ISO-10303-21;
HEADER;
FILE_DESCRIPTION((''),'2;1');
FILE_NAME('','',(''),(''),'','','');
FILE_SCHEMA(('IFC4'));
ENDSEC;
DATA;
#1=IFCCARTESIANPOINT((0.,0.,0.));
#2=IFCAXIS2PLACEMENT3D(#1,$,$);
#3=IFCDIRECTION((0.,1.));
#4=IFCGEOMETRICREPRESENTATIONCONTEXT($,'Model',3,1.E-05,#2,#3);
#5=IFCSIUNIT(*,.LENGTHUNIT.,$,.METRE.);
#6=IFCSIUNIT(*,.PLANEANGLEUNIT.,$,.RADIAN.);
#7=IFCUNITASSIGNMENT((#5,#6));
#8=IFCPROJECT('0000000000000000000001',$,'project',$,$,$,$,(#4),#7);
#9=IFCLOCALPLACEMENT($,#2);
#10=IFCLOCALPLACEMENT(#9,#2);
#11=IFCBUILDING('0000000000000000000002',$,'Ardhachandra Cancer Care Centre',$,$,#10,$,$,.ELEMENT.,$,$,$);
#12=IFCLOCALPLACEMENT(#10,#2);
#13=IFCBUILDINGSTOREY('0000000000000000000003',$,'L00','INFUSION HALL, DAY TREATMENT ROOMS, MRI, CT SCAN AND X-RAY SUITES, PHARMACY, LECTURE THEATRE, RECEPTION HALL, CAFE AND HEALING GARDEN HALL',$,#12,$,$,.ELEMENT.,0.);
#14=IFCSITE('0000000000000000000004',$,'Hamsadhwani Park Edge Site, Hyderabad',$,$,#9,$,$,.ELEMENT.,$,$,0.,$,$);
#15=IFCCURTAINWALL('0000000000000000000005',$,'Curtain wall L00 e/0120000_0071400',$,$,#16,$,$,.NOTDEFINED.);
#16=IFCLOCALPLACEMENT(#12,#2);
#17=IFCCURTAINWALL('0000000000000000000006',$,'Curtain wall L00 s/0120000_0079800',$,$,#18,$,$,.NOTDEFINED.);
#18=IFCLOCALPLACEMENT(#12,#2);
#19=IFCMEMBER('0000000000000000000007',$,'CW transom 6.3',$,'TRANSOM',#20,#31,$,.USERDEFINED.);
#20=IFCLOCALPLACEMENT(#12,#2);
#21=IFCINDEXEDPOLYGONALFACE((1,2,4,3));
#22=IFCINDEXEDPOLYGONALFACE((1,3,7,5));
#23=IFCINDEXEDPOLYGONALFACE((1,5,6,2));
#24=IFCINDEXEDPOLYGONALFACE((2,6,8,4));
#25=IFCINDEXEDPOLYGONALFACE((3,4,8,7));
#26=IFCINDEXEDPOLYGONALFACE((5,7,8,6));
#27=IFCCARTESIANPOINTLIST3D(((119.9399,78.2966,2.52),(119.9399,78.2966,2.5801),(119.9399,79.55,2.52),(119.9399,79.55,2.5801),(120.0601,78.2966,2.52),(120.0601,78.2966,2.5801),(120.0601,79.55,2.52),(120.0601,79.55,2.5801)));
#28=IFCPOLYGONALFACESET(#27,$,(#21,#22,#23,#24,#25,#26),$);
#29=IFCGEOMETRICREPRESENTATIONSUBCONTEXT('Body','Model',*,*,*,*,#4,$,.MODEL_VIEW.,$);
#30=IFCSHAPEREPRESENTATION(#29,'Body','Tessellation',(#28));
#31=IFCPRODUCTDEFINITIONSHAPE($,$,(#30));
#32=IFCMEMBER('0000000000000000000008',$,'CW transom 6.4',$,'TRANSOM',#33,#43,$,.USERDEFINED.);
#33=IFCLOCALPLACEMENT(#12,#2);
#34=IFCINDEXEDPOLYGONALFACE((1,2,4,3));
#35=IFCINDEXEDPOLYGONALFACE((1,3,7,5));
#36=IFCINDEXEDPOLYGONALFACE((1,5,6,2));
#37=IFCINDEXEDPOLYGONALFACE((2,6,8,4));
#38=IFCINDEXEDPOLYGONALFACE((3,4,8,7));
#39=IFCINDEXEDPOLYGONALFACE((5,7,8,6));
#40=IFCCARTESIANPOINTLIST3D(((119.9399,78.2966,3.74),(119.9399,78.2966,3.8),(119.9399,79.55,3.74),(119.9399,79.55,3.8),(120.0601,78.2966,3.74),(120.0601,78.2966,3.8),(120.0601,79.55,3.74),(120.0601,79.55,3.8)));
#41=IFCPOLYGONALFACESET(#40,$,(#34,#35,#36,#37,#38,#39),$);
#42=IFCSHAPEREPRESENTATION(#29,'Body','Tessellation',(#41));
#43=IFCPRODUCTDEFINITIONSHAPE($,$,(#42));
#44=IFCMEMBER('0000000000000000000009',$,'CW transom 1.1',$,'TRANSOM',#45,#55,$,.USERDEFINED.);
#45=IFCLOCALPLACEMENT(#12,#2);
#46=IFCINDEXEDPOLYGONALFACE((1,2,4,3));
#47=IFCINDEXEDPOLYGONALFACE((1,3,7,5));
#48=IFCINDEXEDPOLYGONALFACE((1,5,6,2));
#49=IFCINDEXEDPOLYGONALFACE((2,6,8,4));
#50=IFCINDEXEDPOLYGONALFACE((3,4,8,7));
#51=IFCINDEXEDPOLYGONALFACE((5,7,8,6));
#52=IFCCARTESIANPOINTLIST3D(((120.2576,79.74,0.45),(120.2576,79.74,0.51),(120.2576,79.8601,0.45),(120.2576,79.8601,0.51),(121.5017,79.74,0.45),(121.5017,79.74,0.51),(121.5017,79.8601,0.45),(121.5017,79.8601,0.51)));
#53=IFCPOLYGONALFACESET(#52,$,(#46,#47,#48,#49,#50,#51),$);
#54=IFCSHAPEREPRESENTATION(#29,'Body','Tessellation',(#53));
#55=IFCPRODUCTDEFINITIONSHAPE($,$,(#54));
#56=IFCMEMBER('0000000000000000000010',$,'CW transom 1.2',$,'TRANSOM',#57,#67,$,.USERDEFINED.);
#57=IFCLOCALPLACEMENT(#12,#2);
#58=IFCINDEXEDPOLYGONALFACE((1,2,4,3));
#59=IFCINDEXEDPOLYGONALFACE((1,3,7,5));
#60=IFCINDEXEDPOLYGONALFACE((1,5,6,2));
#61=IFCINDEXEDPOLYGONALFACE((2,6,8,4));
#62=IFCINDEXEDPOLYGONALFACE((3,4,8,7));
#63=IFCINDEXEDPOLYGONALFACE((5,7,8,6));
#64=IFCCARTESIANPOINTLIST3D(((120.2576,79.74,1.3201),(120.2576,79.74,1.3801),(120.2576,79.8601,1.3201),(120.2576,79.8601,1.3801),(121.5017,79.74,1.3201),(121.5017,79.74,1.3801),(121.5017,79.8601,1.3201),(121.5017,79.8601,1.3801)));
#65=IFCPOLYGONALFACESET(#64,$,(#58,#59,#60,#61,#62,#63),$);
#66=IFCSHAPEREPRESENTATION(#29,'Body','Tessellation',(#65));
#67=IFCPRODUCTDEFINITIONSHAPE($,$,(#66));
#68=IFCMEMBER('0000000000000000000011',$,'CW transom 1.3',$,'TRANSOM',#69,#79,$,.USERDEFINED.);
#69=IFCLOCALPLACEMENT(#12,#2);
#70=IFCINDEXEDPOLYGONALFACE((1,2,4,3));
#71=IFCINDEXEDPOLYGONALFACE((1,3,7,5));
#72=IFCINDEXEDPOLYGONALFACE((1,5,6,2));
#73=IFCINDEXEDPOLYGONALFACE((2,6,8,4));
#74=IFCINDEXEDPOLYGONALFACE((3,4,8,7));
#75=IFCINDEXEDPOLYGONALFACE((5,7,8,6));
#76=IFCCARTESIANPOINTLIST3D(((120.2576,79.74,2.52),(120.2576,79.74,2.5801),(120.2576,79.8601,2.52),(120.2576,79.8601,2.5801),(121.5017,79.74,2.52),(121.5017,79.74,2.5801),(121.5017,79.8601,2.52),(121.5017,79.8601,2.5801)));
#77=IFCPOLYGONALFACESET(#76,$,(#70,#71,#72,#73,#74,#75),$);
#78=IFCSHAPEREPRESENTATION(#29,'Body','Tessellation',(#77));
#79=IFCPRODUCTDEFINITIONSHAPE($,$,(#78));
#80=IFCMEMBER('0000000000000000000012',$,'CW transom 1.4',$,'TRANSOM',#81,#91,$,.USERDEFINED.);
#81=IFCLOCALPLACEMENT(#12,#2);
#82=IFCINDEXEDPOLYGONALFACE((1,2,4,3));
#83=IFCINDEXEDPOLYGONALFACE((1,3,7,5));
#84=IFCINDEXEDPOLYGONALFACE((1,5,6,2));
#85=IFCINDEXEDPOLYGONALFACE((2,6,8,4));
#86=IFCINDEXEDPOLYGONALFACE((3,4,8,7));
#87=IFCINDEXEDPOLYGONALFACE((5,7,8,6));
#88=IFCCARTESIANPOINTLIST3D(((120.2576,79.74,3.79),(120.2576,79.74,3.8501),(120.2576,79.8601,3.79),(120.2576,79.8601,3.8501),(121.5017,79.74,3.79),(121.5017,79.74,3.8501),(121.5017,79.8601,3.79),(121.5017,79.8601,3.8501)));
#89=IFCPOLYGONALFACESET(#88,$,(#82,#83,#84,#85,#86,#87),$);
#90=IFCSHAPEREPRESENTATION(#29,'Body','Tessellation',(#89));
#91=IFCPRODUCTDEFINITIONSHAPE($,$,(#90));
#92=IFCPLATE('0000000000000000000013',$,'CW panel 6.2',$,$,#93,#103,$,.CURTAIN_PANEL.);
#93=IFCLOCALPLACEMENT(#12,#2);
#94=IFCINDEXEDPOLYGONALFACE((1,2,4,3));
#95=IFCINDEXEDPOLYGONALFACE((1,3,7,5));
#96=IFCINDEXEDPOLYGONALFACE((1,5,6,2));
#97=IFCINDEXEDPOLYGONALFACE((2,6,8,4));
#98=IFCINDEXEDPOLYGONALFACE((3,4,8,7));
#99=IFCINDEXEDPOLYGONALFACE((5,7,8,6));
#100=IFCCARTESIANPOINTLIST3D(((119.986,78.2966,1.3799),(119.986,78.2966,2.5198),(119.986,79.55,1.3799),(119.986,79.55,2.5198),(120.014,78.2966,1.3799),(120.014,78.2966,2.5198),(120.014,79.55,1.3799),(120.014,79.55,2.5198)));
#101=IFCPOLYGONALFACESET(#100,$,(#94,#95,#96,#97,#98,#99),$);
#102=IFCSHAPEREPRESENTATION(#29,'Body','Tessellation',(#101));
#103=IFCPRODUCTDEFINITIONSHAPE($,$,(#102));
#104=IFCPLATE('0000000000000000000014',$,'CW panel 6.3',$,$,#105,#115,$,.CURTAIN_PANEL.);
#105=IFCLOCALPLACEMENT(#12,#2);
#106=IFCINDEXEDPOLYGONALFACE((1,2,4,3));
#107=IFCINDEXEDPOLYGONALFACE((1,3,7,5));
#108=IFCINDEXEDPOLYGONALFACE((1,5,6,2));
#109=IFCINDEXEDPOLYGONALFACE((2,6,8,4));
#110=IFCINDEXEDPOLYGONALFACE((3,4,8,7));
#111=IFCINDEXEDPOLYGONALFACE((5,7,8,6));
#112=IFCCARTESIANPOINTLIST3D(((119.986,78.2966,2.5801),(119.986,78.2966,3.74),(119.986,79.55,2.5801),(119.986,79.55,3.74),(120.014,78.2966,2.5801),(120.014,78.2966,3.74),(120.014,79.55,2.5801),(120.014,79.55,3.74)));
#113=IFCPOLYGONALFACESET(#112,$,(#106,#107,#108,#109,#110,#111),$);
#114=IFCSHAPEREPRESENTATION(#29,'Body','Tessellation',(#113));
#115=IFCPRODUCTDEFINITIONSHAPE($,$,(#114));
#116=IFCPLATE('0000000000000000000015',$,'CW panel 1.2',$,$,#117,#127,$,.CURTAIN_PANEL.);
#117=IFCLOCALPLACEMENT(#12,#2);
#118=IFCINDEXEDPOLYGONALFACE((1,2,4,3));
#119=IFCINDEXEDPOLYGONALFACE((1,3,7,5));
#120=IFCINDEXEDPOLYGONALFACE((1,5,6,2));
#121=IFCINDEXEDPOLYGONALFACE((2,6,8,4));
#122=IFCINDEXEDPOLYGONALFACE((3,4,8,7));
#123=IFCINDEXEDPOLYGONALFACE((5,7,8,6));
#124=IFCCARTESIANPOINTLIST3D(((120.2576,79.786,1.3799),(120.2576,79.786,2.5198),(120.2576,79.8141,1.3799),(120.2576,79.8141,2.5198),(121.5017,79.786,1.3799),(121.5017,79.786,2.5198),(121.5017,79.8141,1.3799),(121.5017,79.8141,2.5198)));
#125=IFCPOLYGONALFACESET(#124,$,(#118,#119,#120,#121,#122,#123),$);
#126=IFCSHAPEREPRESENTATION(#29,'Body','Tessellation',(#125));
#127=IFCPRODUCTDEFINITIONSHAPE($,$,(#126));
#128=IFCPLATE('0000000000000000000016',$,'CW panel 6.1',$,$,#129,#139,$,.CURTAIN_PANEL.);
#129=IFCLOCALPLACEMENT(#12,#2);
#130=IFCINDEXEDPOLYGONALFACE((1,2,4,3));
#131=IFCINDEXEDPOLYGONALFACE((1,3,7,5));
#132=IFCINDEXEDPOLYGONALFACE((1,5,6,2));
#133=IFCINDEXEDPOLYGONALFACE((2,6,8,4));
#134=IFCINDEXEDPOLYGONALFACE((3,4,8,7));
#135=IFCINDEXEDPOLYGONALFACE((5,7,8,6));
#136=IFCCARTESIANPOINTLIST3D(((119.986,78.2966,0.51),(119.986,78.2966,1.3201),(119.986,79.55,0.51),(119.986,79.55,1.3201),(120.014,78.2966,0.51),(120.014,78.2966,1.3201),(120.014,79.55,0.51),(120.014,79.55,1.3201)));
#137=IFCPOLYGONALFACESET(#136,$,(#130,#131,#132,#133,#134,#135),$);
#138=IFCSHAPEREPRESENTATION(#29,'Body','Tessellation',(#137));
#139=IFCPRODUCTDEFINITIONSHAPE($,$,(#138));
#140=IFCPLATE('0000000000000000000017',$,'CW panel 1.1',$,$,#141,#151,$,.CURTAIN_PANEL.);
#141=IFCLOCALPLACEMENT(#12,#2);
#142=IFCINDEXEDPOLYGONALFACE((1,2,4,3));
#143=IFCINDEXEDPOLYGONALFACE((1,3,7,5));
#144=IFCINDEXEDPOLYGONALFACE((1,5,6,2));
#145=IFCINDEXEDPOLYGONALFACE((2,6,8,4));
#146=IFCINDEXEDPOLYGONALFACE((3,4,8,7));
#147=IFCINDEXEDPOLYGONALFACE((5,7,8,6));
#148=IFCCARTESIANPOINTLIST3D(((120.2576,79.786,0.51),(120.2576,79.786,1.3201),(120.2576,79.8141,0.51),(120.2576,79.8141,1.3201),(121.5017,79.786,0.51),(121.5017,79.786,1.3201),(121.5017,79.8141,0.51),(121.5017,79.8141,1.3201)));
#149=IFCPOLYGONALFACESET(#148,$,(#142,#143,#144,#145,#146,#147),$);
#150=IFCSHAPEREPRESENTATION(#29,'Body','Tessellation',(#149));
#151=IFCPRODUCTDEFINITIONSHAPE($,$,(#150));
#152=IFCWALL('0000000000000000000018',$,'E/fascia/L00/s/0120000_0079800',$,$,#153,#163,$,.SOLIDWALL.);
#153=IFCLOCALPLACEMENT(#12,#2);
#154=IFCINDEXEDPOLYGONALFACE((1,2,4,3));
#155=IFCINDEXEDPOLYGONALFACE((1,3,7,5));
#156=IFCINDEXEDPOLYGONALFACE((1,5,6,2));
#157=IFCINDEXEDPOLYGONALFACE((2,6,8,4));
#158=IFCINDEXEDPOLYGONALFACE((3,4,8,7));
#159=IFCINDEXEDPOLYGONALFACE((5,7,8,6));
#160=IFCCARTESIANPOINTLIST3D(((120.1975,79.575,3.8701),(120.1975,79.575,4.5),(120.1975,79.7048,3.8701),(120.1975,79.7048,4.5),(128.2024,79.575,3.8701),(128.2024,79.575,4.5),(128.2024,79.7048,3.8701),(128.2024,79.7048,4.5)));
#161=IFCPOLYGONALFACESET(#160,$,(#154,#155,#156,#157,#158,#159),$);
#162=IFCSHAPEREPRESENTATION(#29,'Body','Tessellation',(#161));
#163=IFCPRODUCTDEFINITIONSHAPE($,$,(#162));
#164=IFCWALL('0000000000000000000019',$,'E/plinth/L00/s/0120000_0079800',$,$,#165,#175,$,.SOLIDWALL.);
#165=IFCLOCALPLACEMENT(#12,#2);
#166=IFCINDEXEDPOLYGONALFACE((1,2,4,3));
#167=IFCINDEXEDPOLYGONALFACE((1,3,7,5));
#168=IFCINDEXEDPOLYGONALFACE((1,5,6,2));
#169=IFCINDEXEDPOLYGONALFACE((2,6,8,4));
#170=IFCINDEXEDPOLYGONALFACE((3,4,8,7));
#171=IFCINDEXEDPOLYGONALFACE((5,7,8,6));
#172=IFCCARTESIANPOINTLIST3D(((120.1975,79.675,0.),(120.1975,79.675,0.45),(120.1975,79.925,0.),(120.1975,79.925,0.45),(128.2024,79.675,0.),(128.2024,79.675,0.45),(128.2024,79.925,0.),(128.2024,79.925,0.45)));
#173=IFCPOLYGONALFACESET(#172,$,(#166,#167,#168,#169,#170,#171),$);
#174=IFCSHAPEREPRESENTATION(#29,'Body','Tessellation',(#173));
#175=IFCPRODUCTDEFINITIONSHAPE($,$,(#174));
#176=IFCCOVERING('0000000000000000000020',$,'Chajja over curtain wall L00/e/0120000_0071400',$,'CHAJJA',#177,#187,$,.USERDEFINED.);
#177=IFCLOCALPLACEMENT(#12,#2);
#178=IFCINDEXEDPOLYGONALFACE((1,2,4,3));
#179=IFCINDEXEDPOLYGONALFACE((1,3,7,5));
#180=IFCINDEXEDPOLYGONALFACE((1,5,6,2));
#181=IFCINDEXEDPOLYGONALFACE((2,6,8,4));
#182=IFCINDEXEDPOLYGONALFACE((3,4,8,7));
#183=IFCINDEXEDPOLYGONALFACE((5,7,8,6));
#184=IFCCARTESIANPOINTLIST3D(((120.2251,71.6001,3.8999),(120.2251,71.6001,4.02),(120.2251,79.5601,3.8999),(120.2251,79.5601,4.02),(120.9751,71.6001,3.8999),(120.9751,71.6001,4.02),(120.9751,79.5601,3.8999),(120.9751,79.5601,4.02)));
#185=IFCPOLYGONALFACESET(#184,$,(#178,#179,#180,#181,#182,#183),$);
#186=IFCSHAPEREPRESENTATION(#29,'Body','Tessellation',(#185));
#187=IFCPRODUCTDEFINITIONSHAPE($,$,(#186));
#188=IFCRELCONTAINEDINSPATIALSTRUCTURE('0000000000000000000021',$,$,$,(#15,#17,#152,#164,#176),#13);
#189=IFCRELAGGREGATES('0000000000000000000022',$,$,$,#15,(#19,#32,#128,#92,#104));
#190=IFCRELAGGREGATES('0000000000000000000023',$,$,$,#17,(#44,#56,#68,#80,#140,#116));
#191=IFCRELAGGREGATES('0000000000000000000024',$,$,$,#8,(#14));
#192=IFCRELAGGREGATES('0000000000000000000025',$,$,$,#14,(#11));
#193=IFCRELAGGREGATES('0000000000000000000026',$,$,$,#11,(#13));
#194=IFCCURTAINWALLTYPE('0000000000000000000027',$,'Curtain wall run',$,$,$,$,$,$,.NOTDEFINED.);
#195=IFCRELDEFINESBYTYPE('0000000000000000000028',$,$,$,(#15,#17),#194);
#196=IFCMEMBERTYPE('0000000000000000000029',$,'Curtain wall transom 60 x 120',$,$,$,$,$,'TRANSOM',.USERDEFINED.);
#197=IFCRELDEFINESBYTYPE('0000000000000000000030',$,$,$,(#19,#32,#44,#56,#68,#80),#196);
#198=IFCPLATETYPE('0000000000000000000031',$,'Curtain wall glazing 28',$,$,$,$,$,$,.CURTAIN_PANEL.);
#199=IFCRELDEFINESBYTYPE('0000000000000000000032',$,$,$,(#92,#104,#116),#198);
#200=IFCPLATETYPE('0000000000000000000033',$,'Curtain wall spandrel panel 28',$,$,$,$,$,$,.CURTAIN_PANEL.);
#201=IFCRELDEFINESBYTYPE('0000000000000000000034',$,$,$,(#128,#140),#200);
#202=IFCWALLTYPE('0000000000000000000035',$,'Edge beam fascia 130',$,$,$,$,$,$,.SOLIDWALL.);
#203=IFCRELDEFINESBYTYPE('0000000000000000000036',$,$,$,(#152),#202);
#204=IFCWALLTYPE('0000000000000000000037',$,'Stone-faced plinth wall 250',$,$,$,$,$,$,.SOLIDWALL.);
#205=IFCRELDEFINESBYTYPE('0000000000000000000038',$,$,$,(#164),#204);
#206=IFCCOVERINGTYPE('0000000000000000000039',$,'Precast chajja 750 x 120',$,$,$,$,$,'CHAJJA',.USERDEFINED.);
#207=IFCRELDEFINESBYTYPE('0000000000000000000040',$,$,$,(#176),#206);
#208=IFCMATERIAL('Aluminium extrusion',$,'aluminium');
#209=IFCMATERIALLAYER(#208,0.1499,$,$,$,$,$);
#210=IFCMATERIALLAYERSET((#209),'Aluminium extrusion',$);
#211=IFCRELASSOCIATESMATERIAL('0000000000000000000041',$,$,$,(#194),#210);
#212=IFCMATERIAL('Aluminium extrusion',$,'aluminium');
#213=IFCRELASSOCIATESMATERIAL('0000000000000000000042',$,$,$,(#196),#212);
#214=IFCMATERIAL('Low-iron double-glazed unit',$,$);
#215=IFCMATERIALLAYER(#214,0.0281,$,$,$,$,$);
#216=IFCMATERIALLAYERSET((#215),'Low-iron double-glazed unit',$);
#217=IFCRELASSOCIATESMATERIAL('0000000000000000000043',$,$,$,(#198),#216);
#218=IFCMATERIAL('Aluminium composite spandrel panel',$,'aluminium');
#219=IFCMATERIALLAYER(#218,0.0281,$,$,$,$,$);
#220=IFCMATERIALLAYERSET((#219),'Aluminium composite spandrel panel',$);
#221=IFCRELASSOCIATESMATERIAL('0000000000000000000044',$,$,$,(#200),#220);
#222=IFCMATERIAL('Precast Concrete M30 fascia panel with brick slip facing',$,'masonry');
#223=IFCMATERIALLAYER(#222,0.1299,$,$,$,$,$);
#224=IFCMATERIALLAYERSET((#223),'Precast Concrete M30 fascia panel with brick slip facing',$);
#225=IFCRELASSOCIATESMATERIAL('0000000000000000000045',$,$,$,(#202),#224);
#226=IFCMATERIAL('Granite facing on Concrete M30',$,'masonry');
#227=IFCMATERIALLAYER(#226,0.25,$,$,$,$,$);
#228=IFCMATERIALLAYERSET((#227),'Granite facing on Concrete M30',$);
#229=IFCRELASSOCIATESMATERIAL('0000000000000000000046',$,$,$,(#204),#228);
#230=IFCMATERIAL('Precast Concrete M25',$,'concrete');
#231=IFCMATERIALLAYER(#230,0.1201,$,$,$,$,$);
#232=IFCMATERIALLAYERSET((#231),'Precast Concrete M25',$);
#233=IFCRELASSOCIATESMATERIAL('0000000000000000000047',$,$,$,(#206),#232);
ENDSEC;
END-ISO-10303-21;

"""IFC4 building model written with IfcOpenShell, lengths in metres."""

from ifc_helpers import new_model, si_unit, direction, frame, frame_2d, origin, origin_2d, place, context, subcontext, project, spatial, rectangle, extrude, material, layer, layer_set, material_profile, profile_set, type_object, element, aggregate, save


model = new_model("IFC4")

# Units and contexts
model_context = context("Model", 3, precision=1e-05, world=origin(), true_north=direction((0.0, 1.0)))
body_context = subcontext(model_context, "Body", "Model", "MODEL_VIEW")
ifc_project = project(units=[si_unit("LENGTHUNIT", "METRE"), si_unit("PLANEANGLEUNIT", "RADIAN")], contexts=[model_context])

# Site, building, storey
site_placement = place(None, origin())
site = spatial("IfcSite", under=ifc_project, at=site_placement, Name="Hamsadhwani Park Edge Site, Hyderabad", CompositionType="ELEMENT", RefElevation=0.0)
building_placement = place(site_placement, origin())
building = spatial("IfcBuilding", under=site, at=building_placement, Name="Ardhachandra Cancer Care Centre", CompositionType="ELEMENT")
storey_placement = place(building_placement, origin())
storey = spatial("IfcBuildingStorey", under=building, at=storey_placement, Name="L00", Description="INFUSION HALL, DAY TREATMENT ROOMS, MRI, CT SCAN AND X-RAY SUITES, PHARMACY, LECTURE THEATRE, RECEPTION HALL, CAFE AND HEALING GARDEN HALL", CompositionType="ELEMENT", Elevation=0.0)

# Curtain walls
ifc_material_1 = material(Name="Aluminium extrusion", Category="aluminium")
ifc_layer_1 = layer(ifc_material_1, 0.1499)
ifc_layer_set_1 = layer_set([ifc_layer_1], Name="Aluminium extrusion")
curtain_wall_type = type_object("IfcCurtainWallType", Name="Curtain wall run", PredefinedType="NOTDEFINED", material=ifc_layer_set_1)
curtain_wall_1_placement = place(storey_placement, origin())
curtain_wall_1 = element("IfcCurtainWall", 1, at=curtain_wall_1_placement, inside=storey, type_object=curtain_wall_type, Name="Curtain wall L00 e/0120000_0071400", PredefinedType="NOTDEFINED")
curtain_wall_2_placement = place(storey_placement, origin())
curtain_wall_2 = element("IfcCurtainWall", 2, at=curtain_wall_2_placement, inside=storey, type_object=curtain_wall_type, Name="Curtain wall L00 s/0120000_0079800", PredefinedType="NOTDEFINED")

# Members
ifc_material_2 = material(Name="Aluminium extrusion", Category="aluminium")
ifc_material_profile_1 = material_profile(ifc_material_2, rectangle(XDim=0.1201, YDim=0.0601, at=origin_2d()), Name="Curtain wall transom 60 x 120")
ifc_profile_set_1 = profile_set([ifc_material_profile_1], Name="Aluminium extrusion")
member_type_1 = type_object("IfcMemberType", Name="Curtain wall transom 60 x 120", ElementType="TRANSOM", PredefinedType="USERDEFINED", material=ifc_profile_set_1)
member_1_placement = place(storey_placement, frame((120.0, 78.2966, 2.55), z_axis=(0.0, 1.0, 0.0), x_axis=(-1.0, 0.0, 0.0)))
member_1 = element("IfcMember", 3, at=member_1_placement, type_object=member_type_1, Name="CW transom 6.3", ObjectType="TRANSOM", PredefinedType="USERDEFINED", context=body_context, shape_type="SweptSolid", body=[
    extrude(rectangle(XDim=0.1201, YDim=0.0601, at=origin_2d()), origin(), (0.0, 0.0, 1.0), 1.2534),
])
member_2_placement = place(storey_placement, frame((120.0, 78.2966, 3.77), z_axis=(0.0, 1.0, 0.0), x_axis=(-1.0, 0.0, 0.0)))
member_2 = element("IfcMember", 4, at=member_2_placement, type_object=member_type_1, Name="CW transom 6.4", ObjectType="TRANSOM", PredefinedType="USERDEFINED", context=body_context, shape_type="SweptSolid", body=[
    extrude(rectangle(XDim=0.1201, YDim=0.0601, at=origin_2d()), origin(), (0.0, 0.0, 1.0), 1.2534),
])
member_3_placement = place(storey_placement, frame((120.2576, 79.8, 0.48), z_axis=(1.0, 0.0, 0.0), x_axis=(0.0, 1.0, 0.0)))
member_3 = element("IfcMember", 5, at=member_3_placement, type_object=member_type_1, Name="CW transom 1.1", ObjectType="TRANSOM", PredefinedType="USERDEFINED", context=body_context, shape_type="SweptSolid", body=[
    extrude(rectangle(XDim=0.1201, YDim=0.0601, at=origin_2d()), origin(), (0.0, 0.0, 1.0), 1.2441),
])
member_4_placement = place(storey_placement, frame((120.2576, 79.8, 1.3501), z_axis=(1.0, 0.0, 0.0), x_axis=(0.0, 1.0, 0.0)))
member_4 = element("IfcMember", 6, at=member_4_placement, type_object=member_type_1, Name="CW transom 1.2", ObjectType="TRANSOM", PredefinedType="USERDEFINED", context=body_context, shape_type="SweptSolid", body=[
    extrude(rectangle(XDim=0.1201, YDim=0.0601, at=origin_2d()), origin(), (0.0, 0.0, 1.0), 1.2441),
])
member_5_placement = place(storey_placement, frame((120.2576, 79.8, 2.55), z_axis=(1.0, 0.0, 0.0), x_axis=(0.0, 1.0, 0.0)))
member_5 = element("IfcMember", 7, at=member_5_placement, type_object=member_type_1, Name="CW transom 1.3", ObjectType="TRANSOM", PredefinedType="USERDEFINED", context=body_context, shape_type="SweptSolid", body=[
    extrude(rectangle(XDim=0.1201, YDim=0.0601, at=origin_2d()), origin(), (0.0, 0.0, 1.0), 1.2441),
])
member_6_placement = place(storey_placement, frame((120.2576, 79.8, 3.8201), z_axis=(1.0, 0.0, 0.0), x_axis=(0.0, 1.0, 0.0)))
member_6 = element("IfcMember", 8, at=member_6_placement, type_object=member_type_1, Name="CW transom 1.4", ObjectType="TRANSOM", PredefinedType="USERDEFINED", context=body_context, shape_type="SweptSolid", body=[
    extrude(rectangle(XDim=0.1201, YDim=0.0601, at=origin_2d()), origin(), (0.0, 0.0, 1.0), 1.2441),
])

# Plates
ifc_material_3 = material(Name="Low-iron double-glazed unit")
ifc_layer_2 = layer(ifc_material_3, 0.0281)
ifc_layer_set_2 = layer_set([ifc_layer_2], Name="Low-iron double-glazed unit")
plate_type_1 = type_object("IfcPlateType", Name="Curtain wall glazing 28", PredefinedType="CURTAIN_PANEL", material=ifc_layer_set_2)
plate_1_placement = place(storey_placement, frame((120.0, 78.9233, 1.3799), z_axis=(0.0, 0.0, 1.0), x_axis=(0.0, 1.0, 0.0)))
plate_1 = element("IfcPlate", 9, at=plate_1_placement, type_object=plate_type_1, Name="CW panel 6.2", PredefinedType="CURTAIN_PANEL", context=body_context, shape_type="SweptSolid", body=[
    extrude(rectangle(XDim=1.2534, YDim=0.0281, at=origin_2d()), origin(), (0.0, 0.0, 1.0), 1.1399),
])
plate_2_placement = place(storey_placement, frame((120.0, 78.9233, 2.5801), z_axis=(0.0, 0.0, 1.0), x_axis=(0.0, 1.0, 0.0)))
plate_2 = element("IfcPlate", 10, at=plate_2_placement, type_object=plate_type_1, Name="CW panel 6.3", PredefinedType="CURTAIN_PANEL", context=body_context, shape_type="SweptSolid", body=[
    extrude(rectangle(XDim=1.2534, YDim=0.0281, at=origin_2d()), origin(), (0.0, 0.0, 1.0), 1.1599),
])
plate_3_placement = place(storey_placement, frame((120.8796, 79.8, 1.3799), z_axis=(0.0, 0.0, 1.0), x_axis=(1.0, 0.0, 0.0)))
plate_3 = element("IfcPlate", 11, at=plate_3_placement, type_object=plate_type_1, Name="CW panel 1.2", PredefinedType="CURTAIN_PANEL", context=body_context, shape_type="SweptSolid", body=[
    extrude(rectangle(XDim=1.2441, YDim=0.0281, at=origin_2d()), origin(), (0.0, 0.0, 1.0), 1.1399),
])
ifc_material_4 = material(Name="Aluminium composite spandrel panel", Category="aluminium")
ifc_layer_3 = layer(ifc_material_4, 0.0281)
ifc_layer_set_3 = layer_set([ifc_layer_3], Name="Aluminium composite spandrel panel")
plate_type_2 = type_object("IfcPlateType", Name="Curtain wall spandrel panel 28", PredefinedType="CURTAIN_PANEL", material=ifc_layer_set_3)
plate_4_placement = place(storey_placement, frame((120.0, 78.9233, 0.51), z_axis=(0.0, 0.0, 1.0), x_axis=(0.0, 1.0, 0.0)))
plate_4 = element("IfcPlate", 12, at=plate_4_placement, type_object=plate_type_2, Name="CW panel 6.1", PredefinedType="CURTAIN_PANEL", context=body_context, shape_type="SweptSolid", body=[
    extrude(rectangle(XDim=1.2534, YDim=0.0281, at=origin_2d()), origin(), (0.0, 0.0, 1.0), 0.8101),
])
aggregate(curtain_wall_1, [member_1, member_2, plate_4, plate_1, plate_2])
plate_5_placement = place(storey_placement, frame((120.8796, 79.8, 0.51), z_axis=(0.0, 0.0, 1.0), x_axis=(1.0, 0.0, 0.0)))
plate_5 = element("IfcPlate", 13, at=plate_5_placement, type_object=plate_type_2, Name="CW panel 1.1", PredefinedType="CURTAIN_PANEL", context=body_context, shape_type="SweptSolid", body=[
    extrude(rectangle(XDim=1.2441, YDim=0.0281, at=origin_2d()), origin(), (0.0, 0.0, 1.0), 0.8101),
])
aggregate(curtain_wall_2, [member_3, member_4, member_5, member_6, plate_5, plate_3])

# Walls
ifc_material_5 = material(Name="Precast Concrete M30 fascia panel with brick slip facing", Category="masonry")
ifc_layer_4 = layer(ifc_material_5, 0.1299)
ifc_layer_set_4 = layer_set([ifc_layer_4], Name="Precast Concrete M30 fascia panel with brick slip facing")
wall_type_1 = type_object("IfcWallType", Name="Edge beam fascia 130", PredefinedType="SOLIDWALL", material=ifc_layer_set_4)
wall_1_placement = place(storey_placement, frame((120.1975, 79.6399, 3.8701), z_axis=(0.0, 0.0, 1.0), x_axis=(1.0, 0.0, 0.0)))
element("IfcWall", 14, at=wall_1_placement, inside=storey, type_object=wall_type_1, Name="E/fascia/L00/s/0120000_0079800", PredefinedType="SOLIDWALL", context=body_context, shape_type="SweptSolid", body=[
    extrude(rectangle(XDim=8.0049, YDim=0.1299, at=frame_2d((4.0024, 0.0))), origin(), (0.0, 0.0, 1.0), 0.6299),
])
ifc_material_6 = material(Name="Granite facing on Concrete M30", Category="masonry")
ifc_layer_5 = layer(ifc_material_6, 0.25)
ifc_layer_set_5 = layer_set([ifc_layer_5], Name="Granite facing on Concrete M30")
wall_type_2 = type_object("IfcWallType", Name="Stone-faced plinth wall 250", PredefinedType="SOLIDWALL", material=ifc_layer_set_5)
wall_2_placement = place(storey_placement, frame((120.1975, 79.8, 0.0), z_axis=(0.0, 0.0, 1.0), x_axis=(1.0, 0.0, 0.0)))
element("IfcWall", 15, at=wall_2_placement, inside=storey, type_object=wall_type_2, Name="E/plinth/L00/s/0120000_0079800", PredefinedType="SOLIDWALL", context=body_context, shape_type="SweptSolid", body=[
    extrude(rectangle(XDim=8.0049, YDim=0.25, at=frame_2d((4.0024, 0.0))), origin(), (0.0, 0.0, 1.0), 0.45),
])

# Covering
ifc_material_7 = material(Name="Precast Concrete M25", Category="concrete")
ifc_layer_6 = layer(ifc_material_7, 0.1201)
ifc_layer_set_6 = layer_set([ifc_layer_6], Name="Precast Concrete M25")
covering_type = type_object("IfcCoveringType", Name="Precast chajja 750 x 120", ElementType="CHAJJA", PredefinedType="USERDEFINED", material=ifc_layer_set_6)
covering_1_placement = place(storey_placement, frame((120.6001, 75.5801, 3.8999), z_axis=(0.0, 0.0, 1.0), x_axis=(0.0, 1.0, 0.0)))
element("IfcCovering", 16, at=covering_1_placement, inside=storey, type_object=covering_type, Name="Chajja over curtain wall L00/e/0120000_0071400", ObjectType="CHAJJA", PredefinedType="USERDEFINED", context=body_context, shape_type="SweptSolid", body=[
    extrude(rectangle(XDim=7.96, YDim=0.75, at=origin_2d()), origin(), (0.0, 0.0, 1.0), 0.1201),
])

save(model, "model.ifc")
